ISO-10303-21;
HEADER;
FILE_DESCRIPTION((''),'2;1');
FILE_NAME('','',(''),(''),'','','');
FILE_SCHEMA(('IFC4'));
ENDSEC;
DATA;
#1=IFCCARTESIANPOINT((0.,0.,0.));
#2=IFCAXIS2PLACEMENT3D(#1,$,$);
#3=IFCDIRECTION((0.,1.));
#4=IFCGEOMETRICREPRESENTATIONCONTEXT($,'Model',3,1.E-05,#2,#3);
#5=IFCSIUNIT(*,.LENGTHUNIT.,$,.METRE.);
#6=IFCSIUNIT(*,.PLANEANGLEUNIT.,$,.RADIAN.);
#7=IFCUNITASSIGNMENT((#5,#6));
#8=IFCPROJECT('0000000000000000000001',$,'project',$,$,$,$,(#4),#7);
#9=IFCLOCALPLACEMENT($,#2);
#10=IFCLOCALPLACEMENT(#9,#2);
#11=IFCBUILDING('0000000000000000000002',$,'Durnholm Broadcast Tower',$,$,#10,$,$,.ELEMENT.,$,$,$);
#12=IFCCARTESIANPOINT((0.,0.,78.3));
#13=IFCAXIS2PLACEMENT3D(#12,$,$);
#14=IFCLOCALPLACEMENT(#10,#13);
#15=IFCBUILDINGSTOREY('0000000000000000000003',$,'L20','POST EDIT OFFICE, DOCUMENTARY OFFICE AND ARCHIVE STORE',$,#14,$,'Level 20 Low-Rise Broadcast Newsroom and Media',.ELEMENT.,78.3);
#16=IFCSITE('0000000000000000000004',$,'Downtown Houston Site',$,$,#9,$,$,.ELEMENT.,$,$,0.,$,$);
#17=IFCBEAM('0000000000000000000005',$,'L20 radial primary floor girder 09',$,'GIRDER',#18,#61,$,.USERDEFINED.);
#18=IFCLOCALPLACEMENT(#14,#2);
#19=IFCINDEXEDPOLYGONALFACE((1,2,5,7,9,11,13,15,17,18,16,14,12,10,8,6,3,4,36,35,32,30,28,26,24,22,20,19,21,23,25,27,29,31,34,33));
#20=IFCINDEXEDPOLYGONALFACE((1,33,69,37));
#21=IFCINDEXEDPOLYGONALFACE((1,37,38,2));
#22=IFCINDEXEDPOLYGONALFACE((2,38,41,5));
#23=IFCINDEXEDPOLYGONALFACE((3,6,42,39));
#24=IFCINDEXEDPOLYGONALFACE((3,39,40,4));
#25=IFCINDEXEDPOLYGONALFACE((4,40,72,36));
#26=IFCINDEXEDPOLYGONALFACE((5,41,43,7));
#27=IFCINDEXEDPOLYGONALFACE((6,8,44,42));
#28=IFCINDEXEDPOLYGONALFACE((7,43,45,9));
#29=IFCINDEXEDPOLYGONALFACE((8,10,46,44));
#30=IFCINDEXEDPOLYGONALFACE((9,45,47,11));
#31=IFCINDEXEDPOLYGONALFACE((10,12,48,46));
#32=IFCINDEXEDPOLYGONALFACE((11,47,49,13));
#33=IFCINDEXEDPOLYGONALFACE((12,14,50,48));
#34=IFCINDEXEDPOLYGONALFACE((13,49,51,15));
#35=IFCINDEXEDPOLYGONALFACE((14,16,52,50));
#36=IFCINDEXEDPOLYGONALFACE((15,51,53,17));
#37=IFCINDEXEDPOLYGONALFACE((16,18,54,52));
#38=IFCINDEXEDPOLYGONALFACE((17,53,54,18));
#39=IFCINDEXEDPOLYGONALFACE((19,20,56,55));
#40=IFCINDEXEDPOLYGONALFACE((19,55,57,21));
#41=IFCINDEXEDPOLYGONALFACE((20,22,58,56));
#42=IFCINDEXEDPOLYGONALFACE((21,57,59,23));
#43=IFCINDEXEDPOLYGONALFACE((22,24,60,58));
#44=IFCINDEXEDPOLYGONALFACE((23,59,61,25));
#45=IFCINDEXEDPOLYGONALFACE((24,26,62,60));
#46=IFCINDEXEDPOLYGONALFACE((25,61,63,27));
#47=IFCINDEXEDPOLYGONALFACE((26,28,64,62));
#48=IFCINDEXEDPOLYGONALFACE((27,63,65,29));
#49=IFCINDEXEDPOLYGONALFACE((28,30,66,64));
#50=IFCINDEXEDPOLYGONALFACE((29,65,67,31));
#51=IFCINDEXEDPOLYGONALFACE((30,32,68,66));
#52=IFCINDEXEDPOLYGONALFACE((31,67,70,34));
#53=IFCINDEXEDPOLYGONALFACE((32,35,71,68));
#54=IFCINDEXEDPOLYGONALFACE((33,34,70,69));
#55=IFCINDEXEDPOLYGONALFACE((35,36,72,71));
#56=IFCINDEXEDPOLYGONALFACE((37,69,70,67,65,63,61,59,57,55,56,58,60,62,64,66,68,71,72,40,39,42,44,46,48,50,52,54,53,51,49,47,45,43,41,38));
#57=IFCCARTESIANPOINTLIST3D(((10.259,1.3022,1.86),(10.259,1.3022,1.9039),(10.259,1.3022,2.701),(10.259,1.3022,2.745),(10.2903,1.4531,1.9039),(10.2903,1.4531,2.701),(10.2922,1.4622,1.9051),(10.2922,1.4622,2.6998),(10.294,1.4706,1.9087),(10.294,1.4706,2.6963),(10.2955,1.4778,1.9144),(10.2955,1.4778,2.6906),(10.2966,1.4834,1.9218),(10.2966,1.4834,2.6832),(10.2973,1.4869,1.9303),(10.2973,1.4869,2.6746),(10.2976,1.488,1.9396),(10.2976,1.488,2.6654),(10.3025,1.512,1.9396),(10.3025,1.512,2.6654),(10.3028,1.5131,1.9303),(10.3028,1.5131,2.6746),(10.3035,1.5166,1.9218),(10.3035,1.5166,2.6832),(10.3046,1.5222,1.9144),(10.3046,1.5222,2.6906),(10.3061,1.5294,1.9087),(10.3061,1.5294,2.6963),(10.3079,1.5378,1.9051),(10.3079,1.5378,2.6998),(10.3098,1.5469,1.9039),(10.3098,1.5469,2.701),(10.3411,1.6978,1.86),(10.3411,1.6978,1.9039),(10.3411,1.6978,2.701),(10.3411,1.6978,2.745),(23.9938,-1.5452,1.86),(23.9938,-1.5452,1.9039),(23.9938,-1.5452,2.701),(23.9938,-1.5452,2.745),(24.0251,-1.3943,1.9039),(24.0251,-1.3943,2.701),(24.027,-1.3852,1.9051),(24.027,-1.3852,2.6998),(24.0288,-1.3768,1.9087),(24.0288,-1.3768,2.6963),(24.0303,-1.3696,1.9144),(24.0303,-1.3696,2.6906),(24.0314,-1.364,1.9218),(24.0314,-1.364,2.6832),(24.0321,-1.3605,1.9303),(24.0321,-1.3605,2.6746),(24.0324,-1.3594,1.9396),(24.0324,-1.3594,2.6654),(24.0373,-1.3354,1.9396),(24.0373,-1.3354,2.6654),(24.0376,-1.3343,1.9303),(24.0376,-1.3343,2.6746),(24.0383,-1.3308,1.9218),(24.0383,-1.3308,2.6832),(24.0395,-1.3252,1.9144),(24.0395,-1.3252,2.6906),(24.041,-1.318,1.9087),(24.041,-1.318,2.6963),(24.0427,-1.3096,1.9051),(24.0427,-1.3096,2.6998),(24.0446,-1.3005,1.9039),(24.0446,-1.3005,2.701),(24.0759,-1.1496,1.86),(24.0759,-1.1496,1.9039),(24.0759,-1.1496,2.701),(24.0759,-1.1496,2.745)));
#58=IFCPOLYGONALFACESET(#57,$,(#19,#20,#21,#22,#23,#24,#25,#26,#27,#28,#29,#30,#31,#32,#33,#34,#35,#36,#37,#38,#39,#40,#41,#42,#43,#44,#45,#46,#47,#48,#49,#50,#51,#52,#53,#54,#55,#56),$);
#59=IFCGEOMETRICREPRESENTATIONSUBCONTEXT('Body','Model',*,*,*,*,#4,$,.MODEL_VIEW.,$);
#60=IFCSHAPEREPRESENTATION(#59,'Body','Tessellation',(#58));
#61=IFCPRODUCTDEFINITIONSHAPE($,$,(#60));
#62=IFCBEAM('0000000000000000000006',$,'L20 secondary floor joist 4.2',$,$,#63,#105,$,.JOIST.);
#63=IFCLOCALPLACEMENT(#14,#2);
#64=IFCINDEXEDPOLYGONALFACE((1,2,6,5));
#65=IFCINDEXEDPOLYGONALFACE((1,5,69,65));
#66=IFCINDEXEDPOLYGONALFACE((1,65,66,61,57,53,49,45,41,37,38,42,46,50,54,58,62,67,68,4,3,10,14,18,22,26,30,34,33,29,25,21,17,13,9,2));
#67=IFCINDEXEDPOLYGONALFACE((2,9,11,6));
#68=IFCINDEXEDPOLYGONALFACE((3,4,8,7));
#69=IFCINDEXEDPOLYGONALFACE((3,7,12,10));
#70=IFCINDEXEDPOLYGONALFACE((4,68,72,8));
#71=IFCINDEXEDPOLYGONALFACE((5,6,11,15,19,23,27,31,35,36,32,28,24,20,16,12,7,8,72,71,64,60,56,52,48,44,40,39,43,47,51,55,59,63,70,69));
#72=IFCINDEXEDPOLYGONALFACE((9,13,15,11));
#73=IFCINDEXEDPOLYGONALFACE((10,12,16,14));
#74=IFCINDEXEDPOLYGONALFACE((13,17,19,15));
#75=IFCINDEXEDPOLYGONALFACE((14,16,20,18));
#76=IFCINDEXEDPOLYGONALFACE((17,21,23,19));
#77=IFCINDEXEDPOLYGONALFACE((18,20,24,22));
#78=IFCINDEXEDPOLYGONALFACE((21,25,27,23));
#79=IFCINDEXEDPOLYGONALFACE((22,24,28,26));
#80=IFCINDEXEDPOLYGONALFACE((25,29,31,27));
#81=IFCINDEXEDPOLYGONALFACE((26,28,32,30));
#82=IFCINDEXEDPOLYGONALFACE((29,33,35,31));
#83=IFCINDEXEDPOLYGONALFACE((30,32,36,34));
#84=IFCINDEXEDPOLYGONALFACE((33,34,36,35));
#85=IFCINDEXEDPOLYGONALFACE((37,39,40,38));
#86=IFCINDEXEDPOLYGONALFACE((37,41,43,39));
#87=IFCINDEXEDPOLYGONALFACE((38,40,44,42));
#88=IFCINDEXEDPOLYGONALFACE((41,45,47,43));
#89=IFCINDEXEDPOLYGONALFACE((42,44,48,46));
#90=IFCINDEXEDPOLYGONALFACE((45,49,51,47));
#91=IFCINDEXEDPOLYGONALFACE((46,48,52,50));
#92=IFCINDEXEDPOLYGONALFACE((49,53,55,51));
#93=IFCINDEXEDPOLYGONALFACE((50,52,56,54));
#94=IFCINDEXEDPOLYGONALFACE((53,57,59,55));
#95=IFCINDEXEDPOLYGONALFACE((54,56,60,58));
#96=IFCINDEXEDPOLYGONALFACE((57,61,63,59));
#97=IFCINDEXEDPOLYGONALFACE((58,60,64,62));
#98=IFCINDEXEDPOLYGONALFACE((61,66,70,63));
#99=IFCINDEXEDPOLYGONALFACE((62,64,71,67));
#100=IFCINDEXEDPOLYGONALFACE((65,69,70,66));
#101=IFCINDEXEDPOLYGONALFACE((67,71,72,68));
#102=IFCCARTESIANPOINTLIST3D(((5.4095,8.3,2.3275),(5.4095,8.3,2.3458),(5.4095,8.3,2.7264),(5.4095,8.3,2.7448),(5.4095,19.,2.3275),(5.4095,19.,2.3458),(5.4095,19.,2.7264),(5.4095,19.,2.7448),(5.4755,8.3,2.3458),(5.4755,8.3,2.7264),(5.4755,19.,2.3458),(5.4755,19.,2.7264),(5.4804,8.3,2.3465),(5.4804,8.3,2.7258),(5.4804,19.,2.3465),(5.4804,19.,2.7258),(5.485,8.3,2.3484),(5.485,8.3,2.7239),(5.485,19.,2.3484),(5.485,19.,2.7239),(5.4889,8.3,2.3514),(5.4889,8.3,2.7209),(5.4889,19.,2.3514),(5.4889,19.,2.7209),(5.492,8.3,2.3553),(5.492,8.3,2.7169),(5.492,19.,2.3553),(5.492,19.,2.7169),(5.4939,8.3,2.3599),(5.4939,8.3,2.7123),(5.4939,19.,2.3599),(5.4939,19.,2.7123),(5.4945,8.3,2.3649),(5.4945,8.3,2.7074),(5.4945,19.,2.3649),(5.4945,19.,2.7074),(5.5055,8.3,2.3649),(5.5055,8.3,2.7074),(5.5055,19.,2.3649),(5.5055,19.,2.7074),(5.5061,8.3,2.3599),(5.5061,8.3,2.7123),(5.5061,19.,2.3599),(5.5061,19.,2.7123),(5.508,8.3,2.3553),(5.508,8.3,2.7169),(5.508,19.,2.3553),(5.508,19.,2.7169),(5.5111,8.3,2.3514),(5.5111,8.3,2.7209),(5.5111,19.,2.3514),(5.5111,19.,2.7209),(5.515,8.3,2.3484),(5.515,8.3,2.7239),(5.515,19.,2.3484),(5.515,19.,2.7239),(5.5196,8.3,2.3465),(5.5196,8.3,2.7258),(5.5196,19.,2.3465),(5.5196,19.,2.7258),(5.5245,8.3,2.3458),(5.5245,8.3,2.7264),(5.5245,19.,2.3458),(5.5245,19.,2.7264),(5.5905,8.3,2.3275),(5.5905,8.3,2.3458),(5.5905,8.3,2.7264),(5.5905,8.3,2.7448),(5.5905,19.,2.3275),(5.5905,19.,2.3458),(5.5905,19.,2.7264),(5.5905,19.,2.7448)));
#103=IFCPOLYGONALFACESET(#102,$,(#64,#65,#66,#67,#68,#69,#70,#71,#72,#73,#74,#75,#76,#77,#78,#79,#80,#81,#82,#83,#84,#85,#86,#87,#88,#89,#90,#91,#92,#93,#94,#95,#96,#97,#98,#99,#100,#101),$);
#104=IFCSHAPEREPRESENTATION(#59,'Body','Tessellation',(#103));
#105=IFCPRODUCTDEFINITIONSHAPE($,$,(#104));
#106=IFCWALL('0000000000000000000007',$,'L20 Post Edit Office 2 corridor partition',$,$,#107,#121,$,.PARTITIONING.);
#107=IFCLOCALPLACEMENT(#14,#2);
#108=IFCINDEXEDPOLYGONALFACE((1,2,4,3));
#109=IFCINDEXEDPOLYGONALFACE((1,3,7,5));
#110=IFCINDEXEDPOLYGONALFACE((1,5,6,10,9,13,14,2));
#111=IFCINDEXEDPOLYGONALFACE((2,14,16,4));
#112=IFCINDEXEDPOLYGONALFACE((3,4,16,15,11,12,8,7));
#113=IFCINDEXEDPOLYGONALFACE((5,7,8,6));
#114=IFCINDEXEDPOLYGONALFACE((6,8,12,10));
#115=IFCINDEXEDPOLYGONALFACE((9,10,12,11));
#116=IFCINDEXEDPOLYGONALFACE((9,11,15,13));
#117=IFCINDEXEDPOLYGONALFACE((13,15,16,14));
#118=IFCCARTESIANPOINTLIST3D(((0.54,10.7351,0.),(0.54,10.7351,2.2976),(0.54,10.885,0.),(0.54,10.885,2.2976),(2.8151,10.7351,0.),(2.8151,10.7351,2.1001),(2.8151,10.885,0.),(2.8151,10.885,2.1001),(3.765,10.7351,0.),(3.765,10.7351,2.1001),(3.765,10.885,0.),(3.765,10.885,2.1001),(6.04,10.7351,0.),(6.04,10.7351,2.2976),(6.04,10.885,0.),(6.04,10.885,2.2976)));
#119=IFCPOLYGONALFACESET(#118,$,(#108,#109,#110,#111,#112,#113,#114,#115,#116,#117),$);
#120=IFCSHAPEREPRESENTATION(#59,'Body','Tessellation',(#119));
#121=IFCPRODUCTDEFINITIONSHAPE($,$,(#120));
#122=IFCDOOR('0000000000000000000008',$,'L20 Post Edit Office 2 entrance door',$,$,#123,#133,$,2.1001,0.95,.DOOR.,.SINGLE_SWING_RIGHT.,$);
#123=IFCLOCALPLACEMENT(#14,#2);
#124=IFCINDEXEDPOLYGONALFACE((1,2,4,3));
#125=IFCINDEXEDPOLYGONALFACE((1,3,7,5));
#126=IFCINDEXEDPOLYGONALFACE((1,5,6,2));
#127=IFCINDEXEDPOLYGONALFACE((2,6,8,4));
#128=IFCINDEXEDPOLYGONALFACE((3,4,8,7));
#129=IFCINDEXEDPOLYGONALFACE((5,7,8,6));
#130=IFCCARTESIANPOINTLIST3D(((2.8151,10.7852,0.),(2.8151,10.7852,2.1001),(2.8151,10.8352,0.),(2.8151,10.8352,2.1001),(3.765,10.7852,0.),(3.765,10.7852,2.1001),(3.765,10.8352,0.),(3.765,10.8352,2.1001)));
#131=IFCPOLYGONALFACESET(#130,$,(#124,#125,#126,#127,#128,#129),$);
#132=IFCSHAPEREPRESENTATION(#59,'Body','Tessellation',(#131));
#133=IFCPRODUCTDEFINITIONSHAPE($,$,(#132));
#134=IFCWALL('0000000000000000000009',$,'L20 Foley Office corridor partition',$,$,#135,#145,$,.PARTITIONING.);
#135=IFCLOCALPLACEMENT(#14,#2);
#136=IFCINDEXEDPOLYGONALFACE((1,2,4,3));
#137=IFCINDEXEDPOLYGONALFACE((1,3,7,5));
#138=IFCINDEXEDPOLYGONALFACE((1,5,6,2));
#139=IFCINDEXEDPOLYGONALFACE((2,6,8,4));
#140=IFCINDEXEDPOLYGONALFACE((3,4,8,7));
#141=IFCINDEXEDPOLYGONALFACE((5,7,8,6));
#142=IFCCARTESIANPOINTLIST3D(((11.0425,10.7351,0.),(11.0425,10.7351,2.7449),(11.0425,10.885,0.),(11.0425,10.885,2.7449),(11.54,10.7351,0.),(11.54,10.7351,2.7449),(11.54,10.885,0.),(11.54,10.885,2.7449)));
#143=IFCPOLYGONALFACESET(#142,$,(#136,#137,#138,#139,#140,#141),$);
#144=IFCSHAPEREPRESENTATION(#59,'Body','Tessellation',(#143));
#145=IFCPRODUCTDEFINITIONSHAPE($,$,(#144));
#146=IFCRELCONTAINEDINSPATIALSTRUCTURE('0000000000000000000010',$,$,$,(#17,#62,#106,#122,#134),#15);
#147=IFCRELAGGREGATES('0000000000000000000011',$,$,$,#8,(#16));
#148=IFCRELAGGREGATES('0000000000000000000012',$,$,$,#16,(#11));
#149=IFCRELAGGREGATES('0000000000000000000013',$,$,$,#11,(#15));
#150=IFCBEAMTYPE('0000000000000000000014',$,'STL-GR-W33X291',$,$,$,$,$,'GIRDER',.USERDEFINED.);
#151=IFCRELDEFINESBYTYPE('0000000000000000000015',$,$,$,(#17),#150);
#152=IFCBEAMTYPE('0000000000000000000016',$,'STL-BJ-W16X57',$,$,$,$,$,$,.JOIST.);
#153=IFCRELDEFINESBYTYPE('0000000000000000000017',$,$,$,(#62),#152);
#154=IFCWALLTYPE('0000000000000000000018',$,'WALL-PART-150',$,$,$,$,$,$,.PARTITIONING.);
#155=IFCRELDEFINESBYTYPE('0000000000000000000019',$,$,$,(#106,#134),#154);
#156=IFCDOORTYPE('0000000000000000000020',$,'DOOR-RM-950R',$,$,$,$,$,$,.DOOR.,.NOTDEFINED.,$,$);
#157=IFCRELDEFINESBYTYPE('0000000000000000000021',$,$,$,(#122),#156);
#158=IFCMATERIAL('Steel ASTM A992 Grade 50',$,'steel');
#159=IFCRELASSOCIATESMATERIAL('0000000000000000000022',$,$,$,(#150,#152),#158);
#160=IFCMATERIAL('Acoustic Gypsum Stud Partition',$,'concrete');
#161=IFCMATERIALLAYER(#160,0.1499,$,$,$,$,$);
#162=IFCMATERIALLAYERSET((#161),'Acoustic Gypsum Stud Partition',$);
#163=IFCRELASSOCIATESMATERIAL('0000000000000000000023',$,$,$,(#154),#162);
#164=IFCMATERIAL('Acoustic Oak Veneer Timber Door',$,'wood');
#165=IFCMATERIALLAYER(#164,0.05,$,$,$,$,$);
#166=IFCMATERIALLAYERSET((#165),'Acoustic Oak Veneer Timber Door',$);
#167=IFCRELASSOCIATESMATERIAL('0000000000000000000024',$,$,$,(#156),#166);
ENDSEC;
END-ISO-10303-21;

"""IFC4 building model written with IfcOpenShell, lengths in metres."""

from ifc_helpers import new_model, si_unit, direction, frame, frame_2d, origin, origin_2d, place, context, subcontext, project, spatial, rectangle, i_section, extrude, source, transform, mapped, material, layer, layer_set, material_profile, profile_set, type_object, type_shapes, element, fill, save


model = new_model("IFC4")

# Units and contexts
model_context = context("Model", 3, precision=1e-05, world=origin(), true_north=direction((0.0, 1.0)))
body_context = subcontext(model_context, "Body", "Model", "MODEL_VIEW")
ifc_project = project(units=[si_unit("LENGTHUNIT", "METRE"), si_unit("PLANEANGLEUNIT", "RADIAN")], contexts=[model_context])

# Site, building, storey
site_placement = place(None, origin())
site = spatial("IfcSite", under=ifc_project, at=site_placement, Name="Downtown Houston Site", CompositionType="ELEMENT", RefElevation=0.0)
building_placement = place(site_placement, origin())
building = spatial("IfcBuilding", under=site, at=building_placement, Name="Durnholm Broadcast Tower", CompositionType="ELEMENT")
storey_placement = place(building_placement, frame((0.0, 0.0, 78.3)))
storey = spatial("IfcBuildingStorey", under=building, at=storey_placement, Name="L20", Description="POST EDIT OFFICE, DOCUMENTARY OFFICE AND ARCHIVE STORE", LongName="Level 20 Low-Rise Broadcast Newsroom and Media", CompositionType="ELEMENT", Elevation=78.3)

# Beams
ifc_material_1 = material(Name="Steel ASTM A992 Grade 50", Category="steel")
ifc_material_profile_1 = material_profile(ifc_material_1, i_section(OverallWidth=0.4041, OverallDepth=0.885, WebThickness=0.0244, FlangeThickness=0.0439, FilletRadius=0.0356, at=origin_2d()), Name="W33X291")
ifc_profile_set_1 = profile_set([ifc_material_profile_1], Name="Steel ASTM A992 Grade 50")
beam_type_1 = type_object("IfcBeamType", Name="STL-GR-W33X291", ElementType="GIRDER", PredefinedType="USERDEFINED", material=ifc_profile_set_1)
shared_shape_1 = source(origin(), body_context, "Body", "SweptSolid", [
    extrude(i_section(OverallWidth=0.4041, OverallDepth=0.885, WebThickness=0.0244, FlangeThickness=0.0439, FilletRadius=0.0356, at=origin_2d()), origin(), (0.0, 0.0, 1.0), 14.0269),
])
beam_1_placement = place(storey_placement, frame((10.3, 1.5, 2.3025), z_axis=(0.979179, -0.202996, 0.0), x_axis=(0.202996, 0.979179, 0.0)))
element("IfcBeam", 1, at=beam_1_placement, inside=storey, type_object=beam_type_1, Name="L20 radial primary floor girder 09", ObjectType="GIRDER", PredefinedType="USERDEFINED", context=body_context, shape_type="MappedRepresentation", body=[
    mapped(shared_shape_1, transform((0.0, 0.0, 0.0), x_axis=(1.0, 0.0, 0.0), y_axis=(0.0, 1.0, 0.0), z_axis=(0.0, 0.0, 1.0), scale=1.0)),
])
ifc_material_profile_2 = material_profile(ifc_material_1, i_section(OverallWidth=0.1809, OverallDepth=0.4172, WebThickness=0.011, FlangeThickness=0.0183, FilletRadius=0.019, at=origin_2d()), Name="W16X57")
ifc_profile_set_2 = profile_set([ifc_material_profile_2], Name="Steel ASTM A992 Grade 50")
beam_type_2 = type_object("IfcBeamType", Name="STL-BJ-W16X57", PredefinedType="JOIST", material=ifc_profile_set_2)
shared_shape_2 = source(origin(), body_context, "Body", "SweptSolid", [
    extrude(i_section(OverallWidth=0.1809, OverallDepth=0.4172, WebThickness=0.011, FlangeThickness=0.0183, FilletRadius=0.019, at=origin_2d()), origin(), (0.0, 0.0, 1.0), 10.7),
])
type_shapes(beam_type_2, [shared_shape_2])
beam_2_placement = place(storey_placement, frame((5.5, 8.3, 2.5361), z_axis=(0.0, 1.0, 0.0), x_axis=(-1.0, 0.0, 0.0)))
element("IfcBeam", 2, at=beam_2_placement, inside=storey, type_object=beam_type_2, Name="L20 secondary floor joist 4.2", PredefinedType="JOIST", context=body_context, shape_type="MappedRepresentation", body=[
    mapped(shared_shape_2, transform((0.0, 0.0, 0.0), x_axis=(1.0, 0.0, 0.0), y_axis=(0.0, 1.0, 0.0), z_axis=(0.0, 0.0, 1.0), scale=1.0)),
])

# Wall, opening, door
ifc_material_2 = material(Name="Acoustic Gypsum Stud Partition", Category="concrete")
ifc_layer_1 = layer(ifc_material_2, 0.1499)
ifc_layer_set_1 = layer_set([ifc_layer_1], Name="Acoustic Gypsum Stud Partition")
wall_type_1 = type_object("IfcWallType", Name="WALL-PART-150", PredefinedType="PARTITIONING", material=ifc_layer_set_1)
wall_1_placement = place(storey_placement, frame((6.04, 10.8101, 0.0), z_axis=(0.0, 0.0, 1.0), x_axis=(-1.0, 0.0, 0.0)))
wall_1 = element("IfcWall", 3, at=wall_1_placement, inside=storey, type_object=wall_type_1, Name="L20 Post Edit Office 2 corridor partition", PredefinedType="PARTITIONING", context=body_context, shape_type="SweptSolid", body=[
    extrude(rectangle(XDim=5.5, YDim=0.1499, at=frame_2d((2.75, 0.0))), origin(), (0.0, 0.0, 1.0), 2.2976),
])
opening_1_placement = place(wall_1_placement, frame((2.2749, 0.0, 0.0)))
opening_1 = element("IfcOpeningElement", 4, at=opening_1_placement, cuts=wall_1, PredefinedType="OPENING", context=body_context, shape_type="SweptSolid", body=[
    extrude(rectangle(XDim=0.95, YDim=2.1001, at=frame_2d((0.4751, 1.05))), frame((0.0, 0.085, 0.0), z_axis=(0.0, -1.0, 0.0), x_axis=(1.0, 0.0, 0.0)), (0.0, 0.0, 1.0), 0.1699),
])
ifc_material_3 = material(Name="Acoustic Oak Veneer Timber Door", Category="wood")
ifc_layer_2 = layer(ifc_material_3, 0.05)
ifc_layer_set_2 = layer_set([ifc_layer_2], Name="Acoustic Oak Veneer Timber Door")
door_type_1 = type_object("IfcDoorType", Name="DOOR-RM-950R", OperationType="NOTDEFINED", PredefinedType="DOOR", material=ifc_layer_set_2)
shared_shape_3 = source(origin(), body_context, "Body", "SweptSolid", [
    extrude(rectangle(XDim=0.95, YDim=2.1001, at=frame_2d((0.4751, 1.05))), frame((0.0, 0.0249, 0.0), z_axis=(0.0, -1.0, 0.0), x_axis=(1.0, 0.0, 0.0)), (0.0, 0.0, 1.0), 0.05),
])
type_shapes(door_type_1, [shared_shape_3])
door_1_placement = place(opening_1_placement, origin())
door_1 = element("IfcDoor", 5, at=door_1_placement, inside=storey, type_object=door_type_1, Name="L20 Post Edit Office 2 entrance door", OperationType="SINGLE_SWING_RIGHT", OverallHeight=2.1001, OverallWidth=0.95, PredefinedType="DOOR", context=body_context, shape_type="MappedRepresentation", body=[
    mapped(shared_shape_3, transform((0.0, 0.0, 0.0), x_axis=(1.0, 0.0, 0.0), y_axis=(0.0, 1.0, 0.0), z_axis=(0.0, 0.0, 1.0), scale=1.0)),
])
fill(opening_1, door_1)

# Wall
wall_2_placement = place(storey_placement, frame((11.54, 10.8101, 0.0), z_axis=(0.0, 0.0, 1.0), x_axis=(-1.0, 0.0, 0.0)))
element("IfcWall", 6, at=wall_2_placement, inside=storey, type_object=wall_type_1, Name="L20 Foley Office corridor partition", PredefinedType="PARTITIONING", context=body_context, shape_type="SweptSolid", body=[
    extrude(rectangle(XDim=0.4976, YDim=0.1499, at=frame_2d((0.2488, 0.0))), origin(), (0.0, 0.0, 1.0), 2.7449),
])

save(model, "model.ifc")
